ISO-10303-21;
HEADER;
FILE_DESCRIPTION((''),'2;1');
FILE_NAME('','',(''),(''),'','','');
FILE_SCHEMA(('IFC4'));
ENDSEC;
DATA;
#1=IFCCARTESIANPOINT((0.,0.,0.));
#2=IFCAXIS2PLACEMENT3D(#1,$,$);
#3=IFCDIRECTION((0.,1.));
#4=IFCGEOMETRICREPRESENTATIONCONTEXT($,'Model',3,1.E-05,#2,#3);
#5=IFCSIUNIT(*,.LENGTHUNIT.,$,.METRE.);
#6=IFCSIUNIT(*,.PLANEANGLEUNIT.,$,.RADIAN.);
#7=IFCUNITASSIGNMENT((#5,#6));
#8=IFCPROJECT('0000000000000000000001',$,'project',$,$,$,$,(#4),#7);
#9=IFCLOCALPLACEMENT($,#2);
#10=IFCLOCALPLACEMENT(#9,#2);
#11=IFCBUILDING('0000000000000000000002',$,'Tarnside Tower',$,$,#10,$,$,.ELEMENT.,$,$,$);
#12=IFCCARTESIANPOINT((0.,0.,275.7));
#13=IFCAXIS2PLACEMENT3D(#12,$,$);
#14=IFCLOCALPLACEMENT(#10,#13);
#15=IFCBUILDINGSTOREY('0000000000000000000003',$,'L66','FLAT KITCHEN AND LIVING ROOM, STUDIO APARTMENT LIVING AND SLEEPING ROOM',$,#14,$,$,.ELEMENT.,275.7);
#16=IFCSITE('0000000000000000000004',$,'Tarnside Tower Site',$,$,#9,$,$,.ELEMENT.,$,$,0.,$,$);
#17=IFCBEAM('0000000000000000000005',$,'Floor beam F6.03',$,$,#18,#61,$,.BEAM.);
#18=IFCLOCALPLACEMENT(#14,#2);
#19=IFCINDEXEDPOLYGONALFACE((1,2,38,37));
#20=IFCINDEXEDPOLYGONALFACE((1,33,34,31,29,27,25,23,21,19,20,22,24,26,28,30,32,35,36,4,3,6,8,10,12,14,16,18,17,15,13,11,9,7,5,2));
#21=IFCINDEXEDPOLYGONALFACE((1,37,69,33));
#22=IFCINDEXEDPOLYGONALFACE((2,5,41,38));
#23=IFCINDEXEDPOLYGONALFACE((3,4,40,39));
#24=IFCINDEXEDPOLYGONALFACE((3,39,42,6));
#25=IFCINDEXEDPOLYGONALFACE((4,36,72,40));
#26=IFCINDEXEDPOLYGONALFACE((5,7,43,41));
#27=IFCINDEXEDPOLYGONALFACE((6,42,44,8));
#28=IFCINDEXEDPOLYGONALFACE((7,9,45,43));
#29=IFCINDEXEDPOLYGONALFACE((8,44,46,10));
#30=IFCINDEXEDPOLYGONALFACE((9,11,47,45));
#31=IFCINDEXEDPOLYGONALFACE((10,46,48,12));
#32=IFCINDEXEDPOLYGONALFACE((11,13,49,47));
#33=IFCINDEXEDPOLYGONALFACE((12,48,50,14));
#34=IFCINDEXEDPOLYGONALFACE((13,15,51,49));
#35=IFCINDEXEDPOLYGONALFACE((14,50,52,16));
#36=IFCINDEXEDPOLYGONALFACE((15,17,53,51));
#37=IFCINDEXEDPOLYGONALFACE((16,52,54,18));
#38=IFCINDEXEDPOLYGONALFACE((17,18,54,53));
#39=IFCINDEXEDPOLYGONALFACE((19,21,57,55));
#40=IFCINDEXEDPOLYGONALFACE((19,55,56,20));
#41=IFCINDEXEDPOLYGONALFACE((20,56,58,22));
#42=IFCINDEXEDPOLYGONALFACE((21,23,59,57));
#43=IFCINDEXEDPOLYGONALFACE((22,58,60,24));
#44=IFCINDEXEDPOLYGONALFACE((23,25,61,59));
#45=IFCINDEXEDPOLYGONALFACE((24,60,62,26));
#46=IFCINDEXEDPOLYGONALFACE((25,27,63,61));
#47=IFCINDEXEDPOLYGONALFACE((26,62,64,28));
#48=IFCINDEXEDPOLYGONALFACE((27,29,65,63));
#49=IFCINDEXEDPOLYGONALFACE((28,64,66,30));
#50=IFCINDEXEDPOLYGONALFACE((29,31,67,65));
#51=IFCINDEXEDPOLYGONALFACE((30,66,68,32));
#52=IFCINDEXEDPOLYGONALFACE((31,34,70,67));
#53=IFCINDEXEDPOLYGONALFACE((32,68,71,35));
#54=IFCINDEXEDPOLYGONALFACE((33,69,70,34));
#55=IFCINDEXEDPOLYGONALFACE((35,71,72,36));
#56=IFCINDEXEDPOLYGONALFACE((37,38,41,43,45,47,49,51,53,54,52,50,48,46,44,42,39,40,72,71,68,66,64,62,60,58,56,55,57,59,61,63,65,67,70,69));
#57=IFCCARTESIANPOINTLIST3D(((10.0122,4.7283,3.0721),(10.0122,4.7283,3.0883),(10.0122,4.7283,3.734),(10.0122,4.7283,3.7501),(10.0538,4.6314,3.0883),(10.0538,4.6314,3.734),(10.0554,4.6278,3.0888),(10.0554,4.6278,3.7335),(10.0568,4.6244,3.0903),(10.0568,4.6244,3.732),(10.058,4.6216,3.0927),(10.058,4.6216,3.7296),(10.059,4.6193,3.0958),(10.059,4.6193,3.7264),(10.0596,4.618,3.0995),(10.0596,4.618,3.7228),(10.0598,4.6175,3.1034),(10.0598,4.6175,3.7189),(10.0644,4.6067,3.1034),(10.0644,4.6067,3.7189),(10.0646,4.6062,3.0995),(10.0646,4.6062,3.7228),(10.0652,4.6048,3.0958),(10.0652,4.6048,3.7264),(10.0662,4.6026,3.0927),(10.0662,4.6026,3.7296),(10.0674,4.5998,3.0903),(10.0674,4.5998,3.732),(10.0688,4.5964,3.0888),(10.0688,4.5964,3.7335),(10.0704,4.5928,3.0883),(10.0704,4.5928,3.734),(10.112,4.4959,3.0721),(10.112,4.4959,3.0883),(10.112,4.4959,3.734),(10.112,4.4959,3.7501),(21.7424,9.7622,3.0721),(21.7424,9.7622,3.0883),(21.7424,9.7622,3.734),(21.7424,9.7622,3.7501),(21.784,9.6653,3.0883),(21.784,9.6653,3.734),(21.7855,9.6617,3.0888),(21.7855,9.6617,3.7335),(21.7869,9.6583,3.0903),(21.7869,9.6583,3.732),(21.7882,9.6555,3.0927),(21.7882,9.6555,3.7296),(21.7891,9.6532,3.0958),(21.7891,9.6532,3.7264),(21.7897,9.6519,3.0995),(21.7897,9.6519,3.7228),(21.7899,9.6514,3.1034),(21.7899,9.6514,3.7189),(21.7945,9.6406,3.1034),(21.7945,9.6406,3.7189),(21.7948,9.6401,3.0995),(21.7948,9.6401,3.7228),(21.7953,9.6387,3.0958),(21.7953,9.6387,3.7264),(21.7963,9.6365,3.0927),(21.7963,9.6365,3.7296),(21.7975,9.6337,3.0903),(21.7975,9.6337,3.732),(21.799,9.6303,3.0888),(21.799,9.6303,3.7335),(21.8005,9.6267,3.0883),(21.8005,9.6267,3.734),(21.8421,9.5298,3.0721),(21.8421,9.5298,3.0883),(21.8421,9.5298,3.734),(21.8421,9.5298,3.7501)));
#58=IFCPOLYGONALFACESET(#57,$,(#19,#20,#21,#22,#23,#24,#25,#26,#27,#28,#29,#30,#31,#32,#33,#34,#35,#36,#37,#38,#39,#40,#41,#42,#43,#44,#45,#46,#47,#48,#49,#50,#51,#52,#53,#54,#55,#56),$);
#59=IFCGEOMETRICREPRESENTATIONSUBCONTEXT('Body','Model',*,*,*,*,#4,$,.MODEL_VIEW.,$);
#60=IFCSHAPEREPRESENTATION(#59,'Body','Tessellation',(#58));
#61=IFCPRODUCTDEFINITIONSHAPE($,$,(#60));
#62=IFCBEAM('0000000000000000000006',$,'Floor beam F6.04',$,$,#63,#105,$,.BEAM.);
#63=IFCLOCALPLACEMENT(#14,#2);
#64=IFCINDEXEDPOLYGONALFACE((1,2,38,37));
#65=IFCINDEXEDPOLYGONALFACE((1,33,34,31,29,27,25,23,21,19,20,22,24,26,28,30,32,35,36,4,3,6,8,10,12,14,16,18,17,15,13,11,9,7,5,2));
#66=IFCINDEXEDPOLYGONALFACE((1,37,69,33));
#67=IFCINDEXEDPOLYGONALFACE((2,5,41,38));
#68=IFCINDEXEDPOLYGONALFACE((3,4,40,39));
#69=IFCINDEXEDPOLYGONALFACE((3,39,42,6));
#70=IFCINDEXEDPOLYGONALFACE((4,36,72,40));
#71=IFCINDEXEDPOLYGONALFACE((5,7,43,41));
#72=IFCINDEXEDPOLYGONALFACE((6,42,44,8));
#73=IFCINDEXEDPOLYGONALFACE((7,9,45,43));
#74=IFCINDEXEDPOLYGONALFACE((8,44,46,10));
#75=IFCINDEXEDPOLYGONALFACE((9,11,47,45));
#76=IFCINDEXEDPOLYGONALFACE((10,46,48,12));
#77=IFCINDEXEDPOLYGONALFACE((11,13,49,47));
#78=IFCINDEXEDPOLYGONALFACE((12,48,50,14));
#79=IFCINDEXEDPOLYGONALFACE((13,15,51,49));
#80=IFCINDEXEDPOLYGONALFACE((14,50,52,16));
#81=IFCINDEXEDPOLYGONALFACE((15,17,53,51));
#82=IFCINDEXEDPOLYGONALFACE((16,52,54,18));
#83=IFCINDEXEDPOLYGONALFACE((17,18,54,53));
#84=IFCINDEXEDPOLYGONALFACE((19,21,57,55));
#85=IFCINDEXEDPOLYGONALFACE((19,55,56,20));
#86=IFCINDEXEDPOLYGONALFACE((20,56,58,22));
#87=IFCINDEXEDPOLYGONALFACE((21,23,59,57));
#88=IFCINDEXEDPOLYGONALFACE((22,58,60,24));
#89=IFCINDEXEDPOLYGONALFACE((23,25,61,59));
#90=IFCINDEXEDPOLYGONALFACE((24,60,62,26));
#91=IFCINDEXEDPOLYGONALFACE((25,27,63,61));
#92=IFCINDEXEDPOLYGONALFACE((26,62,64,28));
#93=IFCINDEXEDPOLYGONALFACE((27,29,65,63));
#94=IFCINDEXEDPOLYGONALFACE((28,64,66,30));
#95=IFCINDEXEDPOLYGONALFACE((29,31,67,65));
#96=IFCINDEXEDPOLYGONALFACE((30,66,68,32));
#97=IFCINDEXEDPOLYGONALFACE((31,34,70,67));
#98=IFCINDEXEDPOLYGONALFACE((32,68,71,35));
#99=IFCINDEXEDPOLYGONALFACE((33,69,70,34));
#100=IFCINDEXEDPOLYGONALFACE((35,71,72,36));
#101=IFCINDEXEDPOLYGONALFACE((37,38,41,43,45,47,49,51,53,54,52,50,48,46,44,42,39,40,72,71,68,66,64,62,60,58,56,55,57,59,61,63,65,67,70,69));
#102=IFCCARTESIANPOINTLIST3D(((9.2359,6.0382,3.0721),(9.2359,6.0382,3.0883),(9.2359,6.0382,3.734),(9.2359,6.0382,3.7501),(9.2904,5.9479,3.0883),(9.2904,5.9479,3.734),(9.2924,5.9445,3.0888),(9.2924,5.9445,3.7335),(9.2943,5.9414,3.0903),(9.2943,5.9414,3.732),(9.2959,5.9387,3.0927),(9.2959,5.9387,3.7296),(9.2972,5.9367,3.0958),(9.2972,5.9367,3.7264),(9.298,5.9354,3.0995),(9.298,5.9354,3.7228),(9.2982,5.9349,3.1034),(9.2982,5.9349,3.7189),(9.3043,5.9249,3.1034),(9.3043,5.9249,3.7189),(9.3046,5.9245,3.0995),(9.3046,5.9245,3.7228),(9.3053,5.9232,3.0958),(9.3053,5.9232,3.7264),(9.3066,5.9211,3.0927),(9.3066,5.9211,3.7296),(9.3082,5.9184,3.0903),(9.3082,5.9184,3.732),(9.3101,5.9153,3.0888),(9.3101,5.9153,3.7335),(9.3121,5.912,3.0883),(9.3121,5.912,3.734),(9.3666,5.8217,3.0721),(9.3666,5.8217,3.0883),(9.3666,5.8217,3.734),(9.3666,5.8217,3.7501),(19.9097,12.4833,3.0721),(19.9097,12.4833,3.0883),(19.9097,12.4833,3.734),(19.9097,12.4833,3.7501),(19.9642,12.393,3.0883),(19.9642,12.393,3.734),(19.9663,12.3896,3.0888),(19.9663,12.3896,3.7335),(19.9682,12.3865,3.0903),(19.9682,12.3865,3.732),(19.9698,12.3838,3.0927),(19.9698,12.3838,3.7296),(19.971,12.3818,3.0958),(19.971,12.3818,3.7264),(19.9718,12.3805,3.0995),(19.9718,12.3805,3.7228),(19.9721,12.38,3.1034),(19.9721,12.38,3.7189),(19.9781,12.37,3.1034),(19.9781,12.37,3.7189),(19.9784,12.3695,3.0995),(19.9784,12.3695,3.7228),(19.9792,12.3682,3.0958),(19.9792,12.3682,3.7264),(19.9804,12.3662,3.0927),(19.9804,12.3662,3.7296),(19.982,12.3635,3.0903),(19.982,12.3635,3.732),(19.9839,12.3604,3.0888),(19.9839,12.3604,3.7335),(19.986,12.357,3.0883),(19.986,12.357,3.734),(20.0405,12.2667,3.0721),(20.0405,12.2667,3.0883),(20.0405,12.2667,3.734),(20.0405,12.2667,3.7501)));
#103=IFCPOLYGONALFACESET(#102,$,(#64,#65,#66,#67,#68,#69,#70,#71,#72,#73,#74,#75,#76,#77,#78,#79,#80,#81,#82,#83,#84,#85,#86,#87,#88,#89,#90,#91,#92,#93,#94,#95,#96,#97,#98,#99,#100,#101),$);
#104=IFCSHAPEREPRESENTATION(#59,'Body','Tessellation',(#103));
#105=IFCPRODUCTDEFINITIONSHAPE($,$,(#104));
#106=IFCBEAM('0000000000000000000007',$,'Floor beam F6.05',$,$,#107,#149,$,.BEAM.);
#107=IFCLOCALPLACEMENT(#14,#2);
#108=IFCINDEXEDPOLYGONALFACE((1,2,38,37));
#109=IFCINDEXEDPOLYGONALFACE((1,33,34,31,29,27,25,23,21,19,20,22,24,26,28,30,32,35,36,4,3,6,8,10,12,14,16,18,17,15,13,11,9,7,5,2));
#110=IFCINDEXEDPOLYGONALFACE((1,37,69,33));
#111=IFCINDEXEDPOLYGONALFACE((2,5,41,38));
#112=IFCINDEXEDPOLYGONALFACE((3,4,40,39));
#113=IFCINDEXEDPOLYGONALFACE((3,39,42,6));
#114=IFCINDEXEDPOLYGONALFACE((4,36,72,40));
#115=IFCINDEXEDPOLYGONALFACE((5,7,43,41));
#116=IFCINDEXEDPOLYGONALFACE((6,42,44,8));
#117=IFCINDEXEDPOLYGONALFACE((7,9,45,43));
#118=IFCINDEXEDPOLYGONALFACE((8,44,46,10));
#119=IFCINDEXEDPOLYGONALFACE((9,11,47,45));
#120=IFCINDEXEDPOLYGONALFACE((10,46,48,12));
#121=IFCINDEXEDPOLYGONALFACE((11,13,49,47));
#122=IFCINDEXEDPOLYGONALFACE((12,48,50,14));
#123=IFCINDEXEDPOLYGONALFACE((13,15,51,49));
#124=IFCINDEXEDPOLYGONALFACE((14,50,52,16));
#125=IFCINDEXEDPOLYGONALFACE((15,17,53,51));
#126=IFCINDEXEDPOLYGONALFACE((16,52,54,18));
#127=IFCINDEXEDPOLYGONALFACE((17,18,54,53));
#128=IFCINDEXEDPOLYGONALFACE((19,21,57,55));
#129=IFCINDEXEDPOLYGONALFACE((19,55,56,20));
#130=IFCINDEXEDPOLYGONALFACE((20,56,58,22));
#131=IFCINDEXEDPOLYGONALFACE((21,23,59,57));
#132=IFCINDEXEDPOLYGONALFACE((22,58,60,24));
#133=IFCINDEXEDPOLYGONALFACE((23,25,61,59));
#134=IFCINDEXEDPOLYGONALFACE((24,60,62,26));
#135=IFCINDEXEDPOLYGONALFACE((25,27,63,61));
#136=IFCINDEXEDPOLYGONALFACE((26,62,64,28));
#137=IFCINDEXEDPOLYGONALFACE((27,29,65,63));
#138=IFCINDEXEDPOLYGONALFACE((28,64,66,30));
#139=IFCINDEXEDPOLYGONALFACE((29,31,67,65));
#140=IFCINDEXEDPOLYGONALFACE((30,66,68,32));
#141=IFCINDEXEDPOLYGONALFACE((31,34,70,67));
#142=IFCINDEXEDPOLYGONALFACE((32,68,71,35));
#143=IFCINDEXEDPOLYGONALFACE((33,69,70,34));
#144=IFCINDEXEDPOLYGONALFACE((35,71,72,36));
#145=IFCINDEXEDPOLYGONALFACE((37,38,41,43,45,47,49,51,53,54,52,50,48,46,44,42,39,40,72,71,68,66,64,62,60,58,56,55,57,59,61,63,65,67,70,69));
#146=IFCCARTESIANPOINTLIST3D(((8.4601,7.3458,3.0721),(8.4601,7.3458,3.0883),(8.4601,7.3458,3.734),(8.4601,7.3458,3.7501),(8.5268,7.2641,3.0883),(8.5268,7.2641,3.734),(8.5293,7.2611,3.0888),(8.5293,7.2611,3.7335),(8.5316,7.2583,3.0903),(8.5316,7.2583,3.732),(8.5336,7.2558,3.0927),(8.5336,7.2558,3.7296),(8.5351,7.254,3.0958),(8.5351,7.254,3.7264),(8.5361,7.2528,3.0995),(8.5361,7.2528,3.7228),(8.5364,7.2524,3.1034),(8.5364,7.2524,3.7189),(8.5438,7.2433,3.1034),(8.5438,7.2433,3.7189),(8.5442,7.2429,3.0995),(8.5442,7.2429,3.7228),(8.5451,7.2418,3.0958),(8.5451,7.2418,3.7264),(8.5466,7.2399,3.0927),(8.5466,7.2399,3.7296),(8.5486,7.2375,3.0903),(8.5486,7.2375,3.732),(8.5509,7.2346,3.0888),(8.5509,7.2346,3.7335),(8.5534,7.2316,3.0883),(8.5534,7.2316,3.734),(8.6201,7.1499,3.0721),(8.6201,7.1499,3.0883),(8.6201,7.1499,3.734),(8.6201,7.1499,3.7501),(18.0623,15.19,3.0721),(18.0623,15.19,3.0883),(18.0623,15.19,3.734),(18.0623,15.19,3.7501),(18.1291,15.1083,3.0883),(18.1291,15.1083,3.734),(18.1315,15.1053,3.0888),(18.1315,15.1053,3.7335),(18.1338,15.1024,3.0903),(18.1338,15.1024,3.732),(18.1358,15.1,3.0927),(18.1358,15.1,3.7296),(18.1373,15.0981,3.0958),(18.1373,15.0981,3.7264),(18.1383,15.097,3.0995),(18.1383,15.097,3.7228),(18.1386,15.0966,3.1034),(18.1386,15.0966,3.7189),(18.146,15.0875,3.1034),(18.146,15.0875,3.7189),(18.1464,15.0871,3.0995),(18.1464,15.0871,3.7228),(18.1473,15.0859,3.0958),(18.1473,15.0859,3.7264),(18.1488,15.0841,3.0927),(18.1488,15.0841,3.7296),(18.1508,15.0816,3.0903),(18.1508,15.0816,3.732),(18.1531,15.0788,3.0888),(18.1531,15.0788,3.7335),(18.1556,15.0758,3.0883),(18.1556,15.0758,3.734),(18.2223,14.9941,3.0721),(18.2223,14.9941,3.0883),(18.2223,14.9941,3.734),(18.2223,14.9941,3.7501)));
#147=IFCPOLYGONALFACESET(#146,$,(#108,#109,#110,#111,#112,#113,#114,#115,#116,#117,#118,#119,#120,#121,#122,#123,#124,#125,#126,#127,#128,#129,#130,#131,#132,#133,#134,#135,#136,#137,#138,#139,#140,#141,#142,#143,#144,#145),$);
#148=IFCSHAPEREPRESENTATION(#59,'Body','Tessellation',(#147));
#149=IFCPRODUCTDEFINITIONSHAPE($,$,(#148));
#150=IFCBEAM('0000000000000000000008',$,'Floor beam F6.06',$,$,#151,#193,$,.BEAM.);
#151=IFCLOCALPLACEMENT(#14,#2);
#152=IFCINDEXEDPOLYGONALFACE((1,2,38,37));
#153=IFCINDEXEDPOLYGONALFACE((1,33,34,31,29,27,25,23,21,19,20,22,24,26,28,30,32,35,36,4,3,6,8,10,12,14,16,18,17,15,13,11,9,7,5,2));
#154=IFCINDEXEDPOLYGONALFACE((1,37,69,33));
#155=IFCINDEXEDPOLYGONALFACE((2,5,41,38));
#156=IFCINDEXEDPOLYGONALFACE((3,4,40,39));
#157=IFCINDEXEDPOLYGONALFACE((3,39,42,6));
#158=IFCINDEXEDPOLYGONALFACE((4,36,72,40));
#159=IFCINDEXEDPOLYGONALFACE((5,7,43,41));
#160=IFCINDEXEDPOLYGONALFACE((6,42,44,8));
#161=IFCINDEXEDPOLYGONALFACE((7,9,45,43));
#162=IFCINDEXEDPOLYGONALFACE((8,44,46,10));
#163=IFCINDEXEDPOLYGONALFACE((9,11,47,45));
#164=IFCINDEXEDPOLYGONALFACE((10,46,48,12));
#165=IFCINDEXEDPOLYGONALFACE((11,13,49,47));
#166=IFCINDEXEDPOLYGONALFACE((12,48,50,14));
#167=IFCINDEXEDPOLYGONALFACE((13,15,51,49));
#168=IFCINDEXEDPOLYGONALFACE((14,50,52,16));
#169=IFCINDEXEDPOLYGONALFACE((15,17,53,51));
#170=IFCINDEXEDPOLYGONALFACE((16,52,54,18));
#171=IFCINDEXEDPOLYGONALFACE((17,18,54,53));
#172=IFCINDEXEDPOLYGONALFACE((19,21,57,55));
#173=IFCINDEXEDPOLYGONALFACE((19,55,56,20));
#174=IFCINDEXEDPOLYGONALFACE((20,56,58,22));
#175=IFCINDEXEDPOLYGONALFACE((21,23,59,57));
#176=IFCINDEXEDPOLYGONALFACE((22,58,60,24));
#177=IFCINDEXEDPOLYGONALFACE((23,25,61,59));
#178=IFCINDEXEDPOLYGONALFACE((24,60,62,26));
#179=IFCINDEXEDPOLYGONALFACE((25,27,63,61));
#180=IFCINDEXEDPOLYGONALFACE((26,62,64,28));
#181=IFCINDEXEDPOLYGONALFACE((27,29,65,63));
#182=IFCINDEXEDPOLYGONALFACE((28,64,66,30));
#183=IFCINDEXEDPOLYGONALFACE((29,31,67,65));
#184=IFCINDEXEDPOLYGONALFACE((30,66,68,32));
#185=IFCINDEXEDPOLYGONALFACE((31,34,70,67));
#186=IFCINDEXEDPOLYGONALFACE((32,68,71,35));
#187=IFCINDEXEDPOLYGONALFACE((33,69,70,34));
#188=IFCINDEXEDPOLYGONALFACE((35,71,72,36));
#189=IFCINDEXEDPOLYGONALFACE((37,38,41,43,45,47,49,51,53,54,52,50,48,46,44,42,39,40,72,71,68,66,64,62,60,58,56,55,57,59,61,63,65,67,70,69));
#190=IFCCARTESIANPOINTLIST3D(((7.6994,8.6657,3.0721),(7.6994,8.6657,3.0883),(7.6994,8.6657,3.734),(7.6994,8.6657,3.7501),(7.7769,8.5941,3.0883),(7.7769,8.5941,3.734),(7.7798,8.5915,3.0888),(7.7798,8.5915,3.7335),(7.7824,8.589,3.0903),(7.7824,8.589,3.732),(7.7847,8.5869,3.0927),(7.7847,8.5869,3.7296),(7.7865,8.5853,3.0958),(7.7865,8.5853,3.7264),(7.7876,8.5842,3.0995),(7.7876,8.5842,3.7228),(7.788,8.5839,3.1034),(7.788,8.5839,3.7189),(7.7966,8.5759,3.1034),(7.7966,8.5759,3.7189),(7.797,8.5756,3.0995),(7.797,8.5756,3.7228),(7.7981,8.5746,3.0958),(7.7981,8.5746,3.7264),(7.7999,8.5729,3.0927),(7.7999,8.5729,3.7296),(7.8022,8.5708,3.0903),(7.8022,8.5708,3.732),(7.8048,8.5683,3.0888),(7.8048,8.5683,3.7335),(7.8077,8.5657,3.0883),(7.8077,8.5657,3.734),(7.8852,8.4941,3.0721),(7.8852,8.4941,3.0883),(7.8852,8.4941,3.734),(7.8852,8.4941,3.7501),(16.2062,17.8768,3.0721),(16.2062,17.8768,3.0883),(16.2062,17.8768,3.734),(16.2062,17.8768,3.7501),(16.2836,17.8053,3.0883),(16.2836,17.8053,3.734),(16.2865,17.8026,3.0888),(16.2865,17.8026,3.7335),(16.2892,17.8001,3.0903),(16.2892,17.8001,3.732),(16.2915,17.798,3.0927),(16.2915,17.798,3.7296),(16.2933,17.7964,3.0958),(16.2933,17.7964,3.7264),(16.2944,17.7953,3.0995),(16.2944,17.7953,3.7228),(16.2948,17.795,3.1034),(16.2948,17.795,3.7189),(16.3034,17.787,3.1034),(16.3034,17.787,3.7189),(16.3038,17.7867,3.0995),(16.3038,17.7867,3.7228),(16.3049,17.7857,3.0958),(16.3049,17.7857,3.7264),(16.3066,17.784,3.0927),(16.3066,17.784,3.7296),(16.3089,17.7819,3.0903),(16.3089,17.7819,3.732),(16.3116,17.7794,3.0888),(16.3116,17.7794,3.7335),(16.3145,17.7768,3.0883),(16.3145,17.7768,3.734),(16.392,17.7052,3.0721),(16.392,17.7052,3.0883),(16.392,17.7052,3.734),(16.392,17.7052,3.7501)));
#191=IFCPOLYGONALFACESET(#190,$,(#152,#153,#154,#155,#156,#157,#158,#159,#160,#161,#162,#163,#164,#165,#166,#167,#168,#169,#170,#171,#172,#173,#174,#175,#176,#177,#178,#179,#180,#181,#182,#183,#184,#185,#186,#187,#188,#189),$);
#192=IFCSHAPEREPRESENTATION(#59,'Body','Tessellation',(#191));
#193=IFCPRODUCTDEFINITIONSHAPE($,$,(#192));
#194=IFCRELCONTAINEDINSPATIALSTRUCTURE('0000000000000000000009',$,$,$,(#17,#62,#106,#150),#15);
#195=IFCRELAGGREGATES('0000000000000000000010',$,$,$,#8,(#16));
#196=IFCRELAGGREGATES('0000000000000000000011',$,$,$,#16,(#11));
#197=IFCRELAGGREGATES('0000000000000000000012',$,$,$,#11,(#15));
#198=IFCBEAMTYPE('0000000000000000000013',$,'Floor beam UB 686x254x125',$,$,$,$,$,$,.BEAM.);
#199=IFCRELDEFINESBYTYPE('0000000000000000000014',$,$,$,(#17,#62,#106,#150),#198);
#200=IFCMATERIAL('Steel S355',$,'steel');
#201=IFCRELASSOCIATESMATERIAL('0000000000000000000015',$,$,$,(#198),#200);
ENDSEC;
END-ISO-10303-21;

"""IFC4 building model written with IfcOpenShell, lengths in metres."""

from ifc_helpers import new_model, si_unit, direction, frame, origin, origin_2d, place, context, subcontext, project, spatial, i_section, extrude, material, material_profile, profile_set, type_object, element, save


model = new_model("IFC4")

# Units and contexts
model_context = context("Model", 3, precision=1e-05, world=origin(), true_north=direction((0.0, 1.0)))
body_context = subcontext(model_context, "Body", "Model", "MODEL_VIEW")
ifc_project = project(units=[si_unit("LENGTHUNIT", "METRE"), si_unit("PLANEANGLEUNIT", "RADIAN")], contexts=[model_context])

# Site, building, storey
site_placement = place(None, origin())
site = spatial("IfcSite", under=ifc_project, at=site_placement, Name="Tarnside Tower Site", CompositionType="ELEMENT", RefElevation=0.0)
building_placement = place(site_placement, origin())
building = spatial("IfcBuilding", under=site, at=building_placement, Name="Tarnside Tower", CompositionType="ELEMENT")
storey_placement = place(building_placement, frame((0.0, 0.0, 275.7)))
storey = spatial("IfcBuildingStorey", under=building, at=storey_placement, Name="L66", Description="FLAT KITCHEN AND LIVING ROOM, STUDIO APARTMENT LIVING AND SLEEPING ROOM", CompositionType="ELEMENT", Elevation=275.7)

# Beams
ifc_material_1 = material(Name="Steel S355", Category="steel")
ifc_material_profile_1 = material_profile(ifc_material_1, i_section(OverallWidth=0.2529, OverallDepth=0.678, WebThickness=0.0117, FlangeThickness=0.0161, FilletRadius=0.0151, at=origin_2d()), Name="UB 686x254x125")
ifc_profile_set_1 = profile_set([ifc_material_profile_1], Name="Steel S355")
beam_type_1 = type_object("IfcBeamType", Name="Floor beam UB 686x254x125", PredefinedType="BEAM", material=ifc_profile_set_1)
beam_1_placement = place(storey_placement, frame((21.7922, 9.646, 3.4111), z_axis=(-0.918955, -0.394362, 0.0), x_axis=(0.394362, -0.918955, 0.0)))
element("IfcBeam", 1, at=beam_1_placement, inside=storey, type_object=beam_type_1, Name="Floor beam F6.03", PredefinedType="BEAM", context=body_context, shape_type="SweptSolid", body=[
    extrude(i_section(OverallWidth=0.2529, OverallDepth=0.678, WebThickness=0.0117, FlangeThickness=0.0161, FilletRadius=0.0151, at=origin_2d()), origin(), (0.0, 0.0, 1.0), 12.7646),
])
beam_2_placement = place(storey_placement, frame((19.9751, 12.375, 3.4111), z_axis=(-0.856047, -0.516898, 0.0), x_axis=(0.516898, -0.856047, 0.0)))
element("IfcBeam", 2, at=beam_2_placement, inside=storey, type_object=beam_type_1, Name="Floor beam F6.04", PredefinedType="BEAM", context=body_context, shape_type="SweptSolid", body=[
    extrude(i_section(OverallWidth=0.2529, OverallDepth=0.678, WebThickness=0.0117, FlangeThickness=0.0161, FilletRadius=0.0151, at=origin_2d()), origin(), (0.0, 0.0, 1.0), 12.4688),
])
beam_3_placement = place(storey_placement, frame((18.1423, 15.092, 3.4111), z_axis=(-0.774439, -0.632649, 0.0), x_axis=(0.632649, -0.774439, 0.0)))
element("IfcBeam", 3, at=beam_3_placement, inside=storey, type_object=beam_type_1, Name="Floor beam F6.05", PredefinedType="BEAM", context=body_context, shape_type="SweptSolid", body=[
    extrude(i_section(OverallWidth=0.2529, OverallDepth=0.678, WebThickness=0.0117, FlangeThickness=0.0161, FilletRadius=0.0151, at=origin_2d()), origin(), (0.0, 0.0, 1.0), 12.3989),
])
beam_4_placement = place(storey_placement, frame((16.2991, 17.791, 3.4111), z_axis=(-0.678461, -0.734636, 0.0), x_axis=(0.734636, -0.678461, 0.0)))
element("IfcBeam", 4, at=beam_4_placement, inside=storey, type_object=beam_type_1, Name="Floor beam F6.06", PredefinedType="BEAM", context=body_context, shape_type="SweptSolid", body=[
    extrude(i_section(OverallWidth=0.2529, OverallDepth=0.678, WebThickness=0.0117, FlangeThickness=0.0161, FilletRadius=0.0151, at=origin_2d()), origin(), (0.0, 0.0, 1.0), 12.5383),
])

save(model, "model.ifc")
